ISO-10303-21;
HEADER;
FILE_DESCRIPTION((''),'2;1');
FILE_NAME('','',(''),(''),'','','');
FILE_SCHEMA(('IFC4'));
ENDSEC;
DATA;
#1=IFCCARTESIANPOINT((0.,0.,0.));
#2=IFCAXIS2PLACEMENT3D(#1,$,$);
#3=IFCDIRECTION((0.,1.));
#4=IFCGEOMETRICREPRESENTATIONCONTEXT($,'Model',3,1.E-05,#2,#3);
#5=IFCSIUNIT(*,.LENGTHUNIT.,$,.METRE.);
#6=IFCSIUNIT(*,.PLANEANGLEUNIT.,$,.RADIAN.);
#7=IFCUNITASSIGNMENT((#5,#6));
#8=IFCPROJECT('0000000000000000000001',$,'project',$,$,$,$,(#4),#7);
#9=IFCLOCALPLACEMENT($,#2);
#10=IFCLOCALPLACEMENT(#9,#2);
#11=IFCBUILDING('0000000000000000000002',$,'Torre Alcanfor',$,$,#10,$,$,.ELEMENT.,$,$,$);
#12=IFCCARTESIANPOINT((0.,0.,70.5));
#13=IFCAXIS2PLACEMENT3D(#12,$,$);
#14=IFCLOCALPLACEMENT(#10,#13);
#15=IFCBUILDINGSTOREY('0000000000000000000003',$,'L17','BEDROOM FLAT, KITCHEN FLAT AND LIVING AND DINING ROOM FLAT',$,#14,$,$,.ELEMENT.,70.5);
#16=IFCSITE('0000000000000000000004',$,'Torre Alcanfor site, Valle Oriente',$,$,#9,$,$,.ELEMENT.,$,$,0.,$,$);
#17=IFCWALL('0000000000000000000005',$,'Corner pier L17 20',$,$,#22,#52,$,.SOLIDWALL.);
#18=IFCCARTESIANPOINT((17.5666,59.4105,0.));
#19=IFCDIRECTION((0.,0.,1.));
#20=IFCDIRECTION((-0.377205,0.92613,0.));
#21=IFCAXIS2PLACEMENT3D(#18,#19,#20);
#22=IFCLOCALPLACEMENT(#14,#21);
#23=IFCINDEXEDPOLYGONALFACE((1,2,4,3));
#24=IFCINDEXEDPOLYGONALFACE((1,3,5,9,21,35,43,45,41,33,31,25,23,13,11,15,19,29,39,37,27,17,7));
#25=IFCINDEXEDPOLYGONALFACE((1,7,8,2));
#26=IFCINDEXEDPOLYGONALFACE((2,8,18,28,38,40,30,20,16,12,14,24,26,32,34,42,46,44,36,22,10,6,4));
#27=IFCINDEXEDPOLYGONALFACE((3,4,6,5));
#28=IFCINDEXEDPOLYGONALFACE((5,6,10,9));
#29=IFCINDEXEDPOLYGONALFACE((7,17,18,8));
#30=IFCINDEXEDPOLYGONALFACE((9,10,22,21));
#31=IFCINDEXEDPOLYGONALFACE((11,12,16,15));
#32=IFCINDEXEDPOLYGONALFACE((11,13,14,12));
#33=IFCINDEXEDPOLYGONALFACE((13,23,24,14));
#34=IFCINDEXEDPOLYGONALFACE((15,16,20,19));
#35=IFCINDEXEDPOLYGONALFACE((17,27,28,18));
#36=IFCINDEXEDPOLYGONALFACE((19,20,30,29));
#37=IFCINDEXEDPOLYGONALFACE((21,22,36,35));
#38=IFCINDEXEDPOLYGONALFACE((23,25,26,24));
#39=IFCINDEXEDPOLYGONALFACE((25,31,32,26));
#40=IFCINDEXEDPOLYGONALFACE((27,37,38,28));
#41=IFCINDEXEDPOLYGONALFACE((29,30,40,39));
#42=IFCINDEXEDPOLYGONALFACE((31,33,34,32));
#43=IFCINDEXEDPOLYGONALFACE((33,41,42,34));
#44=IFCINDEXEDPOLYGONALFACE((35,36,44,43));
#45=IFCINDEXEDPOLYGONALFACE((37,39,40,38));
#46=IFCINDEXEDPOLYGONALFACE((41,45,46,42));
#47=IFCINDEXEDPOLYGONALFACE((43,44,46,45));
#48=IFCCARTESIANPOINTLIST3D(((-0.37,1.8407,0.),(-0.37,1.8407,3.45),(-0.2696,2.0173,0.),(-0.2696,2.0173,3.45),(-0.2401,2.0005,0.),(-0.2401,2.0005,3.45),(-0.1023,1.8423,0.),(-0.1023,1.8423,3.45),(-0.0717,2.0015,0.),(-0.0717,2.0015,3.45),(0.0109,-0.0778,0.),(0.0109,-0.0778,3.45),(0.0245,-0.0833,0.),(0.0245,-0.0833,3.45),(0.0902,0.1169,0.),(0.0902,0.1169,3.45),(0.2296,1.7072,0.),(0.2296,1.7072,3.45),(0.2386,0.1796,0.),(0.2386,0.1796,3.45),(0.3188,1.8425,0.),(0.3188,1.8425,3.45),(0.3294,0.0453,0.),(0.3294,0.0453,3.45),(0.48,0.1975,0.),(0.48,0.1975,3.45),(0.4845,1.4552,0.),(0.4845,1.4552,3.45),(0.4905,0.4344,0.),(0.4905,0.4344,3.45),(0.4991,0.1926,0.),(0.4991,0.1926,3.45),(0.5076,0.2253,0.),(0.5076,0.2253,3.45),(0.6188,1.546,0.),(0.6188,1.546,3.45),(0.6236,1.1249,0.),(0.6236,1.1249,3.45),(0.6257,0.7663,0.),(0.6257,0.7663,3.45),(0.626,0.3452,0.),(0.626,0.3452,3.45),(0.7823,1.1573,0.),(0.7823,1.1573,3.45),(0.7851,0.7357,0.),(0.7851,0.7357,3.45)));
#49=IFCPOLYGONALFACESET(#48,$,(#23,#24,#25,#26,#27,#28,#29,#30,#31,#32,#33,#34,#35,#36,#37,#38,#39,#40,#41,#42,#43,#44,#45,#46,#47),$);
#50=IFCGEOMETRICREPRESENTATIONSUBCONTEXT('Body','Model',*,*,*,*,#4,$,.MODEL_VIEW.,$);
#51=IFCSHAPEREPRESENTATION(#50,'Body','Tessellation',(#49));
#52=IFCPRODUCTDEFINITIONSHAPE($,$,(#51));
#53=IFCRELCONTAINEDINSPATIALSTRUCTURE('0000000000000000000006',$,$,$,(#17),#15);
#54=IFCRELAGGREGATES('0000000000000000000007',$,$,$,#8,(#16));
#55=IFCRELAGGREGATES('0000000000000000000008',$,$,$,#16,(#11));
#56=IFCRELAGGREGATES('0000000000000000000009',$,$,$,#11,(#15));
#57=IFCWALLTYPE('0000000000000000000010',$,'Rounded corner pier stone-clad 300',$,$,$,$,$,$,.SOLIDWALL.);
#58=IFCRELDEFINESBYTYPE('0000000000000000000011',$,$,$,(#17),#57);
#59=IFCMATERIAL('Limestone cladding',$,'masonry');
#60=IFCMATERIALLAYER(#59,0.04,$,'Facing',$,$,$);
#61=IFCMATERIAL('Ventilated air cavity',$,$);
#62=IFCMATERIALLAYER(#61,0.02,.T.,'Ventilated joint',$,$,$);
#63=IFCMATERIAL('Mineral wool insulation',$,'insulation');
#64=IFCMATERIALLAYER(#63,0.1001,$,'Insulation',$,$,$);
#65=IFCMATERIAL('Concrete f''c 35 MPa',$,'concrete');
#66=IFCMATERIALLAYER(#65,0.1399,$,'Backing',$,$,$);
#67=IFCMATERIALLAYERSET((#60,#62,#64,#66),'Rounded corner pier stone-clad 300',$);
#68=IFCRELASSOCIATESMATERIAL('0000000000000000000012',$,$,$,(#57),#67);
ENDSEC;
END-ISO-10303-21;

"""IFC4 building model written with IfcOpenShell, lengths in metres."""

from ifc_helpers import new_model, si_unit, direction, frame, origin, place, context, subcontext, project, spatial, polyline, outline, extrude, material, layer, layer_set, type_object, element, save


model = new_model("IFC4")

# Units and contexts
model_context = context("Model", 3, precision=1e-05, world=origin(), true_north=direction((0.0, 1.0)))
body_context = subcontext(model_context, "Body", "Model", "MODEL_VIEW")
ifc_project = project(units=[si_unit("LENGTHUNIT", "METRE"), si_unit("PLANEANGLEUNIT", "RADIAN")], contexts=[model_context])

# Site, building, storey
site_placement = place(None, origin())
site = spatial("IfcSite", under=ifc_project, at=site_placement, Name="Torre Alcanfor site, Valle Oriente", CompositionType="ELEMENT", RefElevation=0.0)
building_placement = place(site_placement, origin())
building = spatial("IfcBuilding", under=site, at=building_placement, Name="Torre Alcanfor", CompositionType="ELEMENT")
storey_placement = place(building_placement, frame((0.0, 0.0, 70.5)))
storey = spatial("IfcBuildingStorey", under=building, at=storey_placement, Name="L17", Description="BEDROOM FLAT, KITCHEN FLAT AND LIVING AND DINING ROOM FLAT", CompositionType="ELEMENT", Elevation=70.5)

# Wall
ifc_material_1 = material(Name="Limestone cladding", Category="masonry")
ifc_layer_1 = layer(ifc_material_1, 0.04, Name="Facing")
ifc_material_2 = material(Name="Ventilated air cavity")
ifc_layer_2 = layer(ifc_material_2, 0.02, ventilated=True, Name="Ventilated joint")
ifc_material_3 = material(Name="Mineral wool insulation", Category="insulation")
ifc_layer_3 = layer(ifc_material_3, 0.1001, Name="Insulation")
ifc_material_4 = material(Name="Concrete f'c 35 MPa", Category="concrete")
ifc_layer_4 = layer(ifc_material_4, 0.1399, Name="Backing")
ifc_layer_set_1 = layer_set([ifc_layer_1, ifc_layer_2, ifc_layer_3, ifc_layer_4], Name="Rounded corner pier stone-clad 300")
wall_type_1 = type_object("IfcWallType", Name="Rounded corner pier stone-clad 300", PredefinedType="SOLIDWALL", material=ifc_layer_set_1)
wall_1_placement = place(storey_placement, frame((17.5666, 59.4105, 0.0), z_axis=(0.0, 0.0, 1.0), x_axis=(-0.377205, 0.92613, 0.0)))
element("IfcWall", 1, at=wall_1_placement, inside=storey, type_object=wall_type_1, Name="Corner pier L17 20", PredefinedType="SOLIDWALL", context=body_context, shape_type="SweptSolid", body=[
    extrude(outline(polyline([(-0.2696, 2.0173), (-0.37, 1.8407), (-0.1023, 1.8423), (0.2296, 1.7072), (0.4845, 1.4552), (0.6236, 1.1249), (0.6257, 0.7663), (0.4905, 0.4344), (0.2386, 0.1796), (0.0902, 0.1169), (0.0109, -0.0778), (0.0245, -0.0833), (0.3294, 0.0453), (0.48, 0.1975), (0.4991, 0.1926), (0.5076, 0.2253), (0.626, 0.3452), (0.7851, 0.7357), (0.7823, 1.1573), (0.6188, 1.546), (0.3188, 1.8425), (-0.0717, 2.0015), (-0.2401, 2.0005), (-0.2696, 2.0173)])), origin(), (0.0, 0.0, 1.0), 3.45),
])

save(model, "model.ifc")
